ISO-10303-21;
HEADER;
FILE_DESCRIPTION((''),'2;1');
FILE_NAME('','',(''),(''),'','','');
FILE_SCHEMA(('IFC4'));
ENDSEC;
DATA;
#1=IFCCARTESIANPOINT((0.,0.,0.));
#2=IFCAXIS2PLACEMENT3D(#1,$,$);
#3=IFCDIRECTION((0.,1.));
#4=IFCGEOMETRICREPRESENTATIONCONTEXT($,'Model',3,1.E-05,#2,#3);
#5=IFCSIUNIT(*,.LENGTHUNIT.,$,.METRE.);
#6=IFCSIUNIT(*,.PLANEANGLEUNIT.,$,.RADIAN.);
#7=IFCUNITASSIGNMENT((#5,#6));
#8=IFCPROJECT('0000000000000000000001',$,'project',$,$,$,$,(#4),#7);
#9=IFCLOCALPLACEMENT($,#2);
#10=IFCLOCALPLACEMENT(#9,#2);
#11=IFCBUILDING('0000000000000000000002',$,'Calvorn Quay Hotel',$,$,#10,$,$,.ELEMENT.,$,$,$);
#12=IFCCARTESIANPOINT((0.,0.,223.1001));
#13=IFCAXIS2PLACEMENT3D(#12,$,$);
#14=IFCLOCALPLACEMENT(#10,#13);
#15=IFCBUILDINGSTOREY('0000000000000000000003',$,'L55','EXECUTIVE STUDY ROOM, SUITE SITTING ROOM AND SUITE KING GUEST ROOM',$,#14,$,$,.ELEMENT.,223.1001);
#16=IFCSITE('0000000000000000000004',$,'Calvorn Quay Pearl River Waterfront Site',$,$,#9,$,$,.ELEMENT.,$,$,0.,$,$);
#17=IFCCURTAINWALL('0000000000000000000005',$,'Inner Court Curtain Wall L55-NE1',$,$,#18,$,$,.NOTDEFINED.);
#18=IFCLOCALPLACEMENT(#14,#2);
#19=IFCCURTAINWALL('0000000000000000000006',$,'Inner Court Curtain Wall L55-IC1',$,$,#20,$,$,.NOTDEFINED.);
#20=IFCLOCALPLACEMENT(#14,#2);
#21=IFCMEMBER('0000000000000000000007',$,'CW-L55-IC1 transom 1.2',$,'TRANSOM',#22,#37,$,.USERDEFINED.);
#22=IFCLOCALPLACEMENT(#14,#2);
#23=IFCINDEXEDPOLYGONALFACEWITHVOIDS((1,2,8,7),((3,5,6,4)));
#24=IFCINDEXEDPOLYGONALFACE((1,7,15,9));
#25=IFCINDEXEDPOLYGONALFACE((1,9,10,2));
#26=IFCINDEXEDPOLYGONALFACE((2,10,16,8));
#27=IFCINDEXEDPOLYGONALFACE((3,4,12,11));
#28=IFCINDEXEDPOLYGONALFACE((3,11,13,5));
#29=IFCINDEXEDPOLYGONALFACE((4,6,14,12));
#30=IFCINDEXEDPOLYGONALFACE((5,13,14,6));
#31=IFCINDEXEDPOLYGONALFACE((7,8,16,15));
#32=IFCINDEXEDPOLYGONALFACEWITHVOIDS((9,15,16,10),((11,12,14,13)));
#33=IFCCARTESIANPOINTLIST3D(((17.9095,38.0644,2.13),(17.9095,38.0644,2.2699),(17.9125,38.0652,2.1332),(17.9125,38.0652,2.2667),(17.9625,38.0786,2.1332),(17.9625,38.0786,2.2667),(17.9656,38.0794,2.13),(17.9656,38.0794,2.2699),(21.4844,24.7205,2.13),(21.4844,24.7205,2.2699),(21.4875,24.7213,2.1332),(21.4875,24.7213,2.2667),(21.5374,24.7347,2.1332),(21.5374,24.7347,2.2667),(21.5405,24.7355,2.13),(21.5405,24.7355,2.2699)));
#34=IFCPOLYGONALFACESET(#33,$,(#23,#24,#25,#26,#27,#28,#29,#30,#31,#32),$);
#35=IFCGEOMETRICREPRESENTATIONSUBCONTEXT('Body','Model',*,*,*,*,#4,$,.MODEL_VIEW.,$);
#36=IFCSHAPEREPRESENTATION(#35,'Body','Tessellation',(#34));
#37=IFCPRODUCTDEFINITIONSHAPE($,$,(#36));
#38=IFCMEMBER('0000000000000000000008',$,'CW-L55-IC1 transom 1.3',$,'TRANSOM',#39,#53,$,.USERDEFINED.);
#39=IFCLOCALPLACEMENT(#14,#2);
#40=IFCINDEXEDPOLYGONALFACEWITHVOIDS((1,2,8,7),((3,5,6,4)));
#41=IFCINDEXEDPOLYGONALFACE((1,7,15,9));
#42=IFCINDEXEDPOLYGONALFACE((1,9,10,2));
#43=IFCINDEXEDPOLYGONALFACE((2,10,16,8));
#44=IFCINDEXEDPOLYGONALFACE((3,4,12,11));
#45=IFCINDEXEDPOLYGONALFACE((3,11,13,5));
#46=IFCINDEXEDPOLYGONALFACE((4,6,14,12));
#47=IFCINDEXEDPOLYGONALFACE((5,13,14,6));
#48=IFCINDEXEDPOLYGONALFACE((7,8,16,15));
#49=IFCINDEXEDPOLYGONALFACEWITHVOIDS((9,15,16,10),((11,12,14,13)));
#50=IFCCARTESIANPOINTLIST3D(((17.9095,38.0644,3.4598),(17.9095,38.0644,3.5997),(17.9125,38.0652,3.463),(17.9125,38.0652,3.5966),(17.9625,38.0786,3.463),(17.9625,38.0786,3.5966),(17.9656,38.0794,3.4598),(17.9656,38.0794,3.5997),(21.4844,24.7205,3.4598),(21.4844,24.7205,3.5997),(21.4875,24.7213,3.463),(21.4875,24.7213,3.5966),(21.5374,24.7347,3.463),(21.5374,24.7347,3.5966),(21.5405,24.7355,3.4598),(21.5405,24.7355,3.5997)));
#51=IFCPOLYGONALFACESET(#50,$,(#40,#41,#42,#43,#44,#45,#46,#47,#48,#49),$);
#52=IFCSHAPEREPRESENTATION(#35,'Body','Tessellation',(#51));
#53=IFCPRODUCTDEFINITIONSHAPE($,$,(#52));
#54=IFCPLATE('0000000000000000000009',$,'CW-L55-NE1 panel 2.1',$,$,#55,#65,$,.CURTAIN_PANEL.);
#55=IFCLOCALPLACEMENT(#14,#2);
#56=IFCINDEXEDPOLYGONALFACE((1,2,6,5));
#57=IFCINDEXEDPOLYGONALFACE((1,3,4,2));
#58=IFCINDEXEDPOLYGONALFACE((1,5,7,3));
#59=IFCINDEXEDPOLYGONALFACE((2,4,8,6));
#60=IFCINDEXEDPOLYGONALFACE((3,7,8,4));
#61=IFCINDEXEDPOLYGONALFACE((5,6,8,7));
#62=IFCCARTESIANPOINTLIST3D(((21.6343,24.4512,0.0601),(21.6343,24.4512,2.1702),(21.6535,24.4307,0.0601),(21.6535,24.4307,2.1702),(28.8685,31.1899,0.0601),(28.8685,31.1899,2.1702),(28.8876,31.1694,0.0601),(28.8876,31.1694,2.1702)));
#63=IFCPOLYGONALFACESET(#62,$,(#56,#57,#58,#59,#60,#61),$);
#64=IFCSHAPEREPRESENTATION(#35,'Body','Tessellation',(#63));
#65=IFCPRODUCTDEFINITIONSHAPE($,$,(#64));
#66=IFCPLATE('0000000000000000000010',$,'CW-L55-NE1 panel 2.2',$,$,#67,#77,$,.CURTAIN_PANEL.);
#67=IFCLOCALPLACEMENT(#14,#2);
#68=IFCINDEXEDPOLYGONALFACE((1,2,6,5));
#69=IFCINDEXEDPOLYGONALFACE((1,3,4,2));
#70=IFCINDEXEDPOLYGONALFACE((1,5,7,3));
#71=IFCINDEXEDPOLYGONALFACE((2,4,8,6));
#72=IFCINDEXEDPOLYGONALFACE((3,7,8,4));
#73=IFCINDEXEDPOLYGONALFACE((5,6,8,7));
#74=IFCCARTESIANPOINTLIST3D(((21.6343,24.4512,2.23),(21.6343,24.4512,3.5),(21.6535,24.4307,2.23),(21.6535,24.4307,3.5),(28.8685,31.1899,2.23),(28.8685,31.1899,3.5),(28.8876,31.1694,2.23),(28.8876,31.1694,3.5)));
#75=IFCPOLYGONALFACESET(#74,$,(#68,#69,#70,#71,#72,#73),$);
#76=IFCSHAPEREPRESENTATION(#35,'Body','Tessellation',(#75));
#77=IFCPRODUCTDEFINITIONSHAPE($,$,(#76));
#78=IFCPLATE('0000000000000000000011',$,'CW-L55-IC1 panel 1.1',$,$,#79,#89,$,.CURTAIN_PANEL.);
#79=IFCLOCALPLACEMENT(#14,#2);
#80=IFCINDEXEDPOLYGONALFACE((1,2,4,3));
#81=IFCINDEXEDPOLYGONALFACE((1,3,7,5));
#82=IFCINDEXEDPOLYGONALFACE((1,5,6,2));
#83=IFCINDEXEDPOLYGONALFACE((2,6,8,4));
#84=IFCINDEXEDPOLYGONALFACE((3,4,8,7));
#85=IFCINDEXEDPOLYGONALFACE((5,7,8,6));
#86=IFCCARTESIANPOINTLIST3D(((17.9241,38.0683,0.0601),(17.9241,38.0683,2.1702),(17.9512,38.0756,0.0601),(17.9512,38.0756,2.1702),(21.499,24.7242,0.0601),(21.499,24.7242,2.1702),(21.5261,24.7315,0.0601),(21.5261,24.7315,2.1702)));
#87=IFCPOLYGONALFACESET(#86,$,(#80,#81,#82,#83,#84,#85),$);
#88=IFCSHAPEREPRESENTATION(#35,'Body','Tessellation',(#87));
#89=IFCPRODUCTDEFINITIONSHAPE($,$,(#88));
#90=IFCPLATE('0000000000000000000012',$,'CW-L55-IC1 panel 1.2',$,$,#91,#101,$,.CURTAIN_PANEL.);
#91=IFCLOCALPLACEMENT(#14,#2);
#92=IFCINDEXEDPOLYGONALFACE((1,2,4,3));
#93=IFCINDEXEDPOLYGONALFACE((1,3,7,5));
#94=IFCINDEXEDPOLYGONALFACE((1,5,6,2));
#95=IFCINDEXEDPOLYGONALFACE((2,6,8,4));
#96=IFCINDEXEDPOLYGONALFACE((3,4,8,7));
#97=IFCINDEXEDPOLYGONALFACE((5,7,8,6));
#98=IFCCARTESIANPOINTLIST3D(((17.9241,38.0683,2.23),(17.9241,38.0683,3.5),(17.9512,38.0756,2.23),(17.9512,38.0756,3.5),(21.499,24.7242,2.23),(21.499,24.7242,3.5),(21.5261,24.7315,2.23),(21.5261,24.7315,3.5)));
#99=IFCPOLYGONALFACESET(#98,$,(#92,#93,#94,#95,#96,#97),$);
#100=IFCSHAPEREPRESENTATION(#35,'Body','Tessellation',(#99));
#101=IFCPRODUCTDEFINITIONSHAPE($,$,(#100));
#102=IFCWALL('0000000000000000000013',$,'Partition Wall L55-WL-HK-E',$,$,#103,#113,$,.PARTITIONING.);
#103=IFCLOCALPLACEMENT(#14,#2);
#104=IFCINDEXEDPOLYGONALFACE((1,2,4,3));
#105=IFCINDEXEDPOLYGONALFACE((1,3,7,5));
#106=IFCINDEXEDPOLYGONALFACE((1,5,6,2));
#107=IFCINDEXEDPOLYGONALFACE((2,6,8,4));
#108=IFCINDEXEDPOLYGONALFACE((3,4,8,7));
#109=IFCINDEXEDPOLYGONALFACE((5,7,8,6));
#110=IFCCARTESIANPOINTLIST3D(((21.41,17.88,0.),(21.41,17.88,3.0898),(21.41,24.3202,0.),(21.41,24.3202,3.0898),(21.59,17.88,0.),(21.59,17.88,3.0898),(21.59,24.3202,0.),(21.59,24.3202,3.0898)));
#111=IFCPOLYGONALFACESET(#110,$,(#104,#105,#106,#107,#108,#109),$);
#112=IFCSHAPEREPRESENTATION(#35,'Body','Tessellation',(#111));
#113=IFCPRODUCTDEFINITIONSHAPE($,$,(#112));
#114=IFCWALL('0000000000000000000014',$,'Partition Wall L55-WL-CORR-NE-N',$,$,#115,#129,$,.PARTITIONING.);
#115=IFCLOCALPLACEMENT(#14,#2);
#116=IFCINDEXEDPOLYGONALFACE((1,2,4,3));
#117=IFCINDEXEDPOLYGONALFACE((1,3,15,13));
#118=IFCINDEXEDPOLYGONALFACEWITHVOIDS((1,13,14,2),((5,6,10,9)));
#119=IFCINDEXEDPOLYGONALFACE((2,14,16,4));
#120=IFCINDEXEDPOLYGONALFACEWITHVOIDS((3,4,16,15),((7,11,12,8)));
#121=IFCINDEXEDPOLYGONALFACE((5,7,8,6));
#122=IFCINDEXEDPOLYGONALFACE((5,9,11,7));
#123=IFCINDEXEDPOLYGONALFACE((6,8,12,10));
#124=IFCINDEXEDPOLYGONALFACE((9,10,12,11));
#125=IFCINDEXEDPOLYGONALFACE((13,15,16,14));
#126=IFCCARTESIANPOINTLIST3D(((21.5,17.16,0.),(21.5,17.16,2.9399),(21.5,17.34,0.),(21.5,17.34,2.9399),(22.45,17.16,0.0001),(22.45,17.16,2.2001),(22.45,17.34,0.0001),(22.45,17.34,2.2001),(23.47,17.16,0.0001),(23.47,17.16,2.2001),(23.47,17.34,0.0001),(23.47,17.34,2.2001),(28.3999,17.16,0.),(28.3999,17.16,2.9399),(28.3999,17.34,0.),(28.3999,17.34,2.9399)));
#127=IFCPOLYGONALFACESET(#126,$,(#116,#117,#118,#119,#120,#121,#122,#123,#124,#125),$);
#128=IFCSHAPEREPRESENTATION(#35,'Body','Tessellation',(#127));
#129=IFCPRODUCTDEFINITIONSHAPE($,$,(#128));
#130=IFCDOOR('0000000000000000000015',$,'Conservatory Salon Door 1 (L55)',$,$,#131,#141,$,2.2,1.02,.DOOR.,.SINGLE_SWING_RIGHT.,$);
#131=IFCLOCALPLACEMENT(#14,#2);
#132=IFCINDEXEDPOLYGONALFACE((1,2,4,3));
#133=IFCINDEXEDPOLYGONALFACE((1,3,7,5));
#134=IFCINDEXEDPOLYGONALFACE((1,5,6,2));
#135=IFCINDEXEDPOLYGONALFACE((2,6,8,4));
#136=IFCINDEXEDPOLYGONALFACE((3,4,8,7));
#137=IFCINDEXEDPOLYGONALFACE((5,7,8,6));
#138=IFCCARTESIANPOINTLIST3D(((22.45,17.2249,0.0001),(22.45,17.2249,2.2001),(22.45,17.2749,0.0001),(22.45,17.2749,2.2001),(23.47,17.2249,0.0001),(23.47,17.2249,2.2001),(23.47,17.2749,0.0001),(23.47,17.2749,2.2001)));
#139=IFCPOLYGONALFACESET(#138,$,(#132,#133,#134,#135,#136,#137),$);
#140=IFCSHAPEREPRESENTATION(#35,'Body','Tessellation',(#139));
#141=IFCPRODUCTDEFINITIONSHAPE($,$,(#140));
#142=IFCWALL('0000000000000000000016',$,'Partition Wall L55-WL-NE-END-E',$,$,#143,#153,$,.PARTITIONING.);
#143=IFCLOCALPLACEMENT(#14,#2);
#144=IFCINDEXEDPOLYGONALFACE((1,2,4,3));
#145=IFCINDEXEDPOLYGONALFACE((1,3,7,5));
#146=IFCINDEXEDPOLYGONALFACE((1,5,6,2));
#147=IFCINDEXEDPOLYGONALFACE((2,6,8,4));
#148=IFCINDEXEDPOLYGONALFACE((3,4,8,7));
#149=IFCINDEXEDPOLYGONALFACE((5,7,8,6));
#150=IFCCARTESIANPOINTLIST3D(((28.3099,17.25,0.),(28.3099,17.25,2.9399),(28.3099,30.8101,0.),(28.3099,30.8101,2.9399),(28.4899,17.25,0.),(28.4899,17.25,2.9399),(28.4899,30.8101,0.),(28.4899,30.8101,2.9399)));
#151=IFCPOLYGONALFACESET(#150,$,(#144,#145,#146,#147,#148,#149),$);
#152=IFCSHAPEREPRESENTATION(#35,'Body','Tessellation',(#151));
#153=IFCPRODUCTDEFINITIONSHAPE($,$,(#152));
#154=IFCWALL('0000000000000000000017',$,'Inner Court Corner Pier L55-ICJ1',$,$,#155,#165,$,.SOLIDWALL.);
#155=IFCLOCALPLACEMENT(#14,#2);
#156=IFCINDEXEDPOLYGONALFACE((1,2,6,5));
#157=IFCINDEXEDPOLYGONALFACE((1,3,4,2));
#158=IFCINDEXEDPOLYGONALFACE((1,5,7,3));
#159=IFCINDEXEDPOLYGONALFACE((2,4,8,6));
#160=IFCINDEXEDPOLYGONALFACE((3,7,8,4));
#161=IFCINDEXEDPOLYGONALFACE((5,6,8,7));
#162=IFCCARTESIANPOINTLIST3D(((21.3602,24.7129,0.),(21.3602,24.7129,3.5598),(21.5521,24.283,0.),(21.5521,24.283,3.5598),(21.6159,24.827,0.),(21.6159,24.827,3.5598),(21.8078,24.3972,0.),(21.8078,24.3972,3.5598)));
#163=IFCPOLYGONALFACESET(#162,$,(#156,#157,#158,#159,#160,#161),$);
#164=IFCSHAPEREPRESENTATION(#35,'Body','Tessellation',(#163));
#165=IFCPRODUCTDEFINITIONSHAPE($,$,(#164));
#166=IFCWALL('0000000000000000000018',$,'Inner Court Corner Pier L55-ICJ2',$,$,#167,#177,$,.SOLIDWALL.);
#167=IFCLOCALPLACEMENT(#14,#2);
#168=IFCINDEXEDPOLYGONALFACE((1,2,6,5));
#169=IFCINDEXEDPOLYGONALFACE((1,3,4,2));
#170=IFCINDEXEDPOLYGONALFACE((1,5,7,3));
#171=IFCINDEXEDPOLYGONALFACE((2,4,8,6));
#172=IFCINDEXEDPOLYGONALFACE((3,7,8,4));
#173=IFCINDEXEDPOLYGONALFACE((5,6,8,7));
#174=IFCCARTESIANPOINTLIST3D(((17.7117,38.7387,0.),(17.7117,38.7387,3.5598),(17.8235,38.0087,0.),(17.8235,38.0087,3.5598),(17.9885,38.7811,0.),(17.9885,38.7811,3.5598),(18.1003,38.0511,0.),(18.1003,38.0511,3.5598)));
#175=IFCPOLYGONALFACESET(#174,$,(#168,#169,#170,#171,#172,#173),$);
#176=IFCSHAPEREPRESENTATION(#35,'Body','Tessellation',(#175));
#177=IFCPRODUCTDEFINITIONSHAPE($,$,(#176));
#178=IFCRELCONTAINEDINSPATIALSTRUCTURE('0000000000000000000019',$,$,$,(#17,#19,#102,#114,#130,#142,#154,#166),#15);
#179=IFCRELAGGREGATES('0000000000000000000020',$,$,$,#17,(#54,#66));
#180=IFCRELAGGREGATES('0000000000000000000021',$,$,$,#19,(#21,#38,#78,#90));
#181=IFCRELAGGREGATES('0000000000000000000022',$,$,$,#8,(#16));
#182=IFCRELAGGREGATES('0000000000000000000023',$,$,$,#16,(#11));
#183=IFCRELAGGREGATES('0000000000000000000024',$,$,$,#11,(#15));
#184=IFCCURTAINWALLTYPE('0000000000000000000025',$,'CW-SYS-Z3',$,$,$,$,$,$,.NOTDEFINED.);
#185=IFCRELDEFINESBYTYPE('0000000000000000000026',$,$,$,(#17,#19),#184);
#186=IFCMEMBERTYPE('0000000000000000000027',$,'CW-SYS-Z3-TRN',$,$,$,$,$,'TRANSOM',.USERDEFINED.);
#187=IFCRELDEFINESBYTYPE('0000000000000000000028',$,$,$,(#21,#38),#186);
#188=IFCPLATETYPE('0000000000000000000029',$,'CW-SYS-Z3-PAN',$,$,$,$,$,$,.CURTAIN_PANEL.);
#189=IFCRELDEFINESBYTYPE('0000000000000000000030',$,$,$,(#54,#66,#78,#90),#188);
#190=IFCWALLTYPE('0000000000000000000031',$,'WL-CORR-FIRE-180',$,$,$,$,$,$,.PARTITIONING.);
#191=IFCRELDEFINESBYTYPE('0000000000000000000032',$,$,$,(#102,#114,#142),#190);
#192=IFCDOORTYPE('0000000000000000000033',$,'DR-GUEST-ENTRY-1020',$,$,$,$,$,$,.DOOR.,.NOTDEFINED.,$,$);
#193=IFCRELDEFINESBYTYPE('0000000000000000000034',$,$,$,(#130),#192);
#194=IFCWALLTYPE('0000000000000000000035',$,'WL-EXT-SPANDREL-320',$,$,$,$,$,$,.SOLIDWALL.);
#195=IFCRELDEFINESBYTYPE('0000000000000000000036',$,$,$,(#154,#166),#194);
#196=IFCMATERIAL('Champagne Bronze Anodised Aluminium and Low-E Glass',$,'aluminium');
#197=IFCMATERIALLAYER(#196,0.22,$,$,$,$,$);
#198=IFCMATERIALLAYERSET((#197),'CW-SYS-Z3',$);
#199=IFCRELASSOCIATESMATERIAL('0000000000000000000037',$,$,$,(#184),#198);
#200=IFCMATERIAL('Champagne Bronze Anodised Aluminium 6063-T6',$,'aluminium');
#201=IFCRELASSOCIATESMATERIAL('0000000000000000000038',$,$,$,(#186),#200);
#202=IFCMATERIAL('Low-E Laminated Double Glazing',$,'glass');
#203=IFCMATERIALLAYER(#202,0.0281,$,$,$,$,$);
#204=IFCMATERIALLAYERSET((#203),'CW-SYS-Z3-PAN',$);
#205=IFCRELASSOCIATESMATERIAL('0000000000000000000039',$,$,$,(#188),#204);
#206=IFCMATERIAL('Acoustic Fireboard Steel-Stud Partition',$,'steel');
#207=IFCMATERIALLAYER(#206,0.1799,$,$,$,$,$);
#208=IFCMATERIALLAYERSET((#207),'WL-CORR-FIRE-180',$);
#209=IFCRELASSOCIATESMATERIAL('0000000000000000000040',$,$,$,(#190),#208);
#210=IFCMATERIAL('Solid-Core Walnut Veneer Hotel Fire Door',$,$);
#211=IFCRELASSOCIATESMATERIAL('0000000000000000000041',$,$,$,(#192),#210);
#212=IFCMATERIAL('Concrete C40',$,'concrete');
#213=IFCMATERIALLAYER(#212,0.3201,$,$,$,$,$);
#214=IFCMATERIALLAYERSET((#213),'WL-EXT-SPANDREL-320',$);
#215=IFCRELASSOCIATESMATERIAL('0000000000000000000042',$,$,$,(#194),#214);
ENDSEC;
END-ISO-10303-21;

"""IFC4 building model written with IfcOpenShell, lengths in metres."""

from ifc_helpers import new_model, si_unit, direction, frame, frame_2d, origin, origin_2d, place, context, subcontext, project, spatial, rectangle, hollow_rectangle, extrude, material, layer, layer_set, material_profile, profile_set, type_object, element, fill, aggregate, save


model = new_model("IFC4")

# Units and contexts
model_context = context("Model", 3, precision=1e-05, world=origin(), true_north=direction((0.0, 1.0)))
body_context = subcontext(model_context, "Body", "Model", "MODEL_VIEW")
ifc_project = project(units=[si_unit("LENGTHUNIT", "METRE"), si_unit("PLANEANGLEUNIT", "RADIAN")], contexts=[model_context])

# Site, building, storey
site_placement = place(None, origin())
site = spatial("IfcSite", under=ifc_project, at=site_placement, Name="Calvorn Quay Pearl River Waterfront Site", CompositionType="ELEMENT", RefElevation=0.0)
building_placement = place(site_placement, origin())
building = spatial("IfcBuilding", under=site, at=building_placement, Name="Calvorn Quay Hotel", CompositionType="ELEMENT")
storey_placement = place(building_placement, frame((0.0, 0.0, 223.1001)))
storey = spatial("IfcBuildingStorey", under=building, at=storey_placement, Name="L55", Description="EXECUTIVE STUDY ROOM, SUITE SITTING ROOM AND SUITE KING GUEST ROOM", CompositionType="ELEMENT", Elevation=223.1001)

# Curtain walls
ifc_material_1 = material(Name="Champagne Bronze Anodised Aluminium and Low-E Glass", Category="aluminium")
ifc_layer_1 = layer(ifc_material_1, 0.22)
ifc_layer_set_1 = layer_set([ifc_layer_1], Name="CW-SYS-Z3")
curtain_wall_type = type_object("IfcCurtainWallType", Name="CW-SYS-Z3", PredefinedType="NOTDEFINED", material=ifc_layer_set_1)
curtain_wall_1_placement = place(storey_placement, origin())
curtain_wall_1 = element("IfcCurtainWall", 1, at=curtain_wall_1_placement, inside=storey, type_object=curtain_wall_type, Name="Inner Court Curtain Wall L55-NE1", PredefinedType="NOTDEFINED")
curtain_wall_2_placement = place(storey_placement, origin())
curtain_wall_2 = element("IfcCurtainWall", 2, at=curtain_wall_2_placement, inside=storey, type_object=curtain_wall_type, Name="Inner Court Curtain Wall L55-IC1", PredefinedType="NOTDEFINED")

# Members
ifc_material_2 = material(Name="Champagne Bronze Anodised Aluminium 6063-T6", Category="aluminium")
ifc_material_profile_1 = material_profile(ifc_material_2, hollow_rectangle(XDim=0.0581, YDim=0.1399, WallThickness=0.0032, at=origin_2d()), Name="ALU-T140x58x3.2")
ifc_profile_set_1 = profile_set([ifc_material_profile_1], Name="Champagne Bronze Anodised Aluminium 6063-T6")
member_type_1 = type_object("IfcMemberType", Name="CW-SYS-Z3-TRN", ElementType="TRANSOM", PredefinedType="USERDEFINED", material=ifc_profile_set_1)
member_1_placement = place(storey_placement, frame((21.5125, 24.728, 2.2), z_axis=(-0.258781, 0.965936, 0.0), x_axis=(-0.965936, -0.258781, 0.0)))
member_1 = element("IfcMember", 3, at=member_1_placement, type_object=member_type_1, Name="CW-L55-IC1 transom 1.2", ObjectType="TRANSOM", PredefinedType="USERDEFINED", context=body_context, shape_type="SweptSolid", body=[
    extrude(hollow_rectangle(XDim=0.0581, YDim=0.1399, WallThickness=0.0032, at=origin_2d()), origin(), (0.0, 0.0, 1.0), 13.8145),
])
member_2_placement = place(storey_placement, frame((21.5125, 24.728, 3.5298), z_axis=(-0.258781, 0.965936, 0.0), x_axis=(-0.965936, -0.258781, 0.0)))
member_2 = element("IfcMember", 4, at=member_2_placement, type_object=member_type_1, Name="CW-L55-IC1 transom 1.3", ObjectType="TRANSOM", PredefinedType="USERDEFINED", context=body_context, shape_type="SweptSolid", body=[
    extrude(hollow_rectangle(XDim=0.0581, YDim=0.1399, WallThickness=0.0032, at=origin_2d()), origin(), (0.0, 0.0, 1.0), 13.8145),
])

# Plates
ifc_material_3 = material(Name="Low-E Laminated Double Glazing", Category="glass")
ifc_layer_2 = layer(ifc_material_3, 0.0281)
ifc_layer_set_2 = layer_set([ifc_layer_2], Name="CW-SYS-Z3-PAN")
plate_type = type_object("IfcPlateType", Name="CW-SYS-Z3-PAN", PredefinedType="CURTAIN_PANEL", material=ifc_layer_set_2)
plate_1_placement = place(storey_placement, frame((25.261, 27.8103, 0.0601), z_axis=(0.0, 0.0, 1.0), x_axis=(-0.731722, -0.681604, 0.0)))
plate_1 = element("IfcPlate", 5, at=plate_1_placement, type_object=plate_type, Name="CW-L55-NE1 panel 2.1", PredefinedType="CURTAIN_PANEL", context=body_context, shape_type="SweptSolid", body=[
    extrude(rectangle(XDim=9.8865, YDim=0.0281, at=origin_2d()), origin(), (0.0, 0.0, 1.0), 2.1101),
])
plate_2_placement = place(storey_placement, frame((25.261, 27.8103, 2.23), z_axis=(0.0, 0.0, 1.0), x_axis=(-0.731722, -0.681604, 0.0)))
plate_2 = element("IfcPlate", 6, at=plate_2_placement, type_object=plate_type, Name="CW-L55-NE1 panel 2.2", PredefinedType="CURTAIN_PANEL", context=body_context, shape_type="SweptSolid", body=[
    extrude(rectangle(XDim=9.8865, YDim=0.0281, at=origin_2d()), origin(), (0.0, 0.0, 1.0), 1.27),
])
aggregate(curtain_wall_1, [plate_1, plate_2])
plate_3_placement = place(storey_placement, frame((19.7251, 31.3999, 0.0601), z_axis=(0.0, 0.0, 1.0), x_axis=(-0.258779, 0.965937, 0.0)))
plate_3 = element("IfcPlate", 7, at=plate_3_placement, type_object=plate_type, Name="CW-L55-IC1 panel 1.1", PredefinedType="CURTAIN_PANEL", context=body_context, shape_type="SweptSolid", body=[
    extrude(rectangle(XDim=13.8147, YDim=0.0281, at=origin_2d()), origin(), (0.0, 0.0, 1.0), 2.1101),
])
plate_4_placement = place(storey_placement, frame((19.7251, 31.3999, 2.23), z_axis=(0.0, 0.0, 1.0), x_axis=(-0.258779, 0.965937, 0.0)))
plate_4 = element("IfcPlate", 8, at=plate_4_placement, type_object=plate_type, Name="CW-L55-IC1 panel 1.2", PredefinedType="CURTAIN_PANEL", context=body_context, shape_type="SweptSolid", body=[
    extrude(rectangle(XDim=13.8147, YDim=0.0281, at=origin_2d()), origin(), (0.0, 0.0, 1.0), 1.27),
])
aggregate(curtain_wall_2, [member_1, member_2, plate_3, plate_4])

# Wall
ifc_material_4 = material(Name="Acoustic Fireboard Steel-Stud Partition", Category="steel")
ifc_layer_3 = layer(ifc_material_4, 0.1799)
ifc_layer_set_3 = layer_set([ifc_layer_3], Name="WL-CORR-FIRE-180")
wall_type_1 = type_object("IfcWallType", Name="WL-CORR-FIRE-180", PredefinedType="PARTITIONING", material=ifc_layer_set_3)
wall_1_placement = place(storey_placement, frame((21.5, 17.8799, 0.0), z_axis=(0.0, 0.0, 1.0), x_axis=(0.0, 1.0, 0.0)))
element("IfcWall", 9, at=wall_1_placement, inside=storey, type_object=wall_type_1, Name="Partition Wall L55-WL-HK-E", PredefinedType="PARTITIONING", context=body_context, shape_type="SweptSolid", body=[
    extrude(rectangle(XDim=6.4402, YDim=0.1799, at=frame_2d((3.2202, 0.0))), origin(), (0.0, 0.0, 1.0), 3.0898),
])

# Wall, opening, door
wall_2_placement = place(storey_placement, frame((21.5, 17.25, 0.0), z_axis=(0.0, 0.0, 1.0), x_axis=(1.0, 0.0, 0.0)))
wall_2 = element("IfcWall", 10, at=wall_2_placement, inside=storey, type_object=wall_type_1, Name="Partition Wall L55-WL-CORR-NE-N", PredefinedType="PARTITIONING", context=body_context, shape_type="SweptSolid", body=[
    extrude(rectangle(XDim=6.8999, YDim=0.1799, at=frame_2d((3.45, 0.0))), origin(), (0.0, 0.0, 1.0), 2.9399),
])
opening_placement = place(wall_2_placement, frame((0.95, 0.0, 0.0)))
opening = element("IfcOpeningElement", 11, at=opening_placement, cuts=wall_2, PredefinedType="OPENING", context=body_context, shape_type="SweptSolid", body=[
    extrude(rectangle(XDim=1.02, YDim=2.2, at=frame_2d((0.51, 1.1001))), frame((0.0, 0.0999, 0.0), z_axis=(0.0, -1.0, 0.0), x_axis=(1.0, 0.0, 0.0)), (0.0, 0.0, 1.0), 0.2),
])
ifc_material_5 = material(Name="Solid-Core Walnut Veneer Hotel Fire Door")
door_type = type_object("IfcDoorType", Name="DR-GUEST-ENTRY-1020", OperationType="NOTDEFINED", PredefinedType="DOOR", material=ifc_material_5)
door_placement = place(opening_placement, origin())
door = element("IfcDoor", 12, at=door_placement, inside=storey, type_object=door_type, Name="Conservatory Salon Door 1 (L55)", OperationType="SINGLE_SWING_RIGHT", OverallHeight=2.2, OverallWidth=1.02, PredefinedType="DOOR", context=body_context, shape_type="SweptSolid", body=[
    extrude(rectangle(XDim=1.02, YDim=2.2, at=frame_2d((0.51, 1.1001))), frame((0.0, 0.0249, 0.0), z_axis=(0.0, -1.0, 0.0), x_axis=(1.0, 0.0, 0.0)), (0.0, 0.0, 1.0), 0.05),
])
fill(opening, door)

# Walls
wall_3_placement = place(storey_placement, frame((28.3999, 17.25, 0.0), z_axis=(0.0, 0.0, 1.0), x_axis=(0.0, 1.0, 0.0)))
element("IfcWall", 13, at=wall_3_placement, inside=storey, type_object=wall_type_1, Name="Partition Wall L55-WL-NE-END-E", PredefinedType="PARTITIONING", context=body_context, shape_type="SweptSolid", body=[
    extrude(rectangle(XDim=13.5601, YDim=0.1799, at=frame_2d((6.78, 0.0))), origin(), (0.0, 0.0, 1.0), 2.9399),
])
ifc_material_6 = material(Name="Concrete C40", Category="concrete")
ifc_layer_4 = layer(ifc_material_6, 0.3201)
ifc_layer_set_4 = layer_set([ifc_layer_4], Name="WL-EXT-SPANDREL-320")
wall_type_2 = type_object("IfcWallType", Name="WL-EXT-SPANDREL-320", PredefinedType="SOLIDWALL", material=ifc_layer_set_4)
wall_4_placement = place(storey_placement, frame((21.6799, 24.3401, 0.0), z_axis=(0.0, 0.0, 1.0), x_axis=(-0.407581, 0.913169, 0.0)))
element("IfcWall", 14, at=wall_4_placement, inside=storey, type_object=wall_type_2, Name="Inner Court Corner Pier L55-ICJ1", PredefinedType="SOLIDWALL", context=body_context, shape_type="SweptSolid", body=[
    extrude(rectangle(XDim=0.4707, YDim=0.28, at=frame_2d((0.2354, 0.0))), origin(), (0.0, 0.0, 1.0), 3.5598),
])
wall_5_placement = place(storey_placement, frame((17.9619, 38.03, 0.0), z_axis=(0.0, 0.0, 1.0), x_axis=(-0.151411, 0.988471, 0.0)))
element("IfcWall", 15, at=wall_5_placement, inside=storey, type_object=wall_type_2, Name="Inner Court Corner Pier L55-ICJ2", PredefinedType="SOLIDWALL", context=body_context, shape_type="SweptSolid", body=[
    extrude(rectangle(XDim=0.7385, YDim=0.28, at=frame_2d((0.3691, 0.0))), origin(), (0.0, 0.0, 1.0), 3.5598),
])

save(model, "model.ifc")
